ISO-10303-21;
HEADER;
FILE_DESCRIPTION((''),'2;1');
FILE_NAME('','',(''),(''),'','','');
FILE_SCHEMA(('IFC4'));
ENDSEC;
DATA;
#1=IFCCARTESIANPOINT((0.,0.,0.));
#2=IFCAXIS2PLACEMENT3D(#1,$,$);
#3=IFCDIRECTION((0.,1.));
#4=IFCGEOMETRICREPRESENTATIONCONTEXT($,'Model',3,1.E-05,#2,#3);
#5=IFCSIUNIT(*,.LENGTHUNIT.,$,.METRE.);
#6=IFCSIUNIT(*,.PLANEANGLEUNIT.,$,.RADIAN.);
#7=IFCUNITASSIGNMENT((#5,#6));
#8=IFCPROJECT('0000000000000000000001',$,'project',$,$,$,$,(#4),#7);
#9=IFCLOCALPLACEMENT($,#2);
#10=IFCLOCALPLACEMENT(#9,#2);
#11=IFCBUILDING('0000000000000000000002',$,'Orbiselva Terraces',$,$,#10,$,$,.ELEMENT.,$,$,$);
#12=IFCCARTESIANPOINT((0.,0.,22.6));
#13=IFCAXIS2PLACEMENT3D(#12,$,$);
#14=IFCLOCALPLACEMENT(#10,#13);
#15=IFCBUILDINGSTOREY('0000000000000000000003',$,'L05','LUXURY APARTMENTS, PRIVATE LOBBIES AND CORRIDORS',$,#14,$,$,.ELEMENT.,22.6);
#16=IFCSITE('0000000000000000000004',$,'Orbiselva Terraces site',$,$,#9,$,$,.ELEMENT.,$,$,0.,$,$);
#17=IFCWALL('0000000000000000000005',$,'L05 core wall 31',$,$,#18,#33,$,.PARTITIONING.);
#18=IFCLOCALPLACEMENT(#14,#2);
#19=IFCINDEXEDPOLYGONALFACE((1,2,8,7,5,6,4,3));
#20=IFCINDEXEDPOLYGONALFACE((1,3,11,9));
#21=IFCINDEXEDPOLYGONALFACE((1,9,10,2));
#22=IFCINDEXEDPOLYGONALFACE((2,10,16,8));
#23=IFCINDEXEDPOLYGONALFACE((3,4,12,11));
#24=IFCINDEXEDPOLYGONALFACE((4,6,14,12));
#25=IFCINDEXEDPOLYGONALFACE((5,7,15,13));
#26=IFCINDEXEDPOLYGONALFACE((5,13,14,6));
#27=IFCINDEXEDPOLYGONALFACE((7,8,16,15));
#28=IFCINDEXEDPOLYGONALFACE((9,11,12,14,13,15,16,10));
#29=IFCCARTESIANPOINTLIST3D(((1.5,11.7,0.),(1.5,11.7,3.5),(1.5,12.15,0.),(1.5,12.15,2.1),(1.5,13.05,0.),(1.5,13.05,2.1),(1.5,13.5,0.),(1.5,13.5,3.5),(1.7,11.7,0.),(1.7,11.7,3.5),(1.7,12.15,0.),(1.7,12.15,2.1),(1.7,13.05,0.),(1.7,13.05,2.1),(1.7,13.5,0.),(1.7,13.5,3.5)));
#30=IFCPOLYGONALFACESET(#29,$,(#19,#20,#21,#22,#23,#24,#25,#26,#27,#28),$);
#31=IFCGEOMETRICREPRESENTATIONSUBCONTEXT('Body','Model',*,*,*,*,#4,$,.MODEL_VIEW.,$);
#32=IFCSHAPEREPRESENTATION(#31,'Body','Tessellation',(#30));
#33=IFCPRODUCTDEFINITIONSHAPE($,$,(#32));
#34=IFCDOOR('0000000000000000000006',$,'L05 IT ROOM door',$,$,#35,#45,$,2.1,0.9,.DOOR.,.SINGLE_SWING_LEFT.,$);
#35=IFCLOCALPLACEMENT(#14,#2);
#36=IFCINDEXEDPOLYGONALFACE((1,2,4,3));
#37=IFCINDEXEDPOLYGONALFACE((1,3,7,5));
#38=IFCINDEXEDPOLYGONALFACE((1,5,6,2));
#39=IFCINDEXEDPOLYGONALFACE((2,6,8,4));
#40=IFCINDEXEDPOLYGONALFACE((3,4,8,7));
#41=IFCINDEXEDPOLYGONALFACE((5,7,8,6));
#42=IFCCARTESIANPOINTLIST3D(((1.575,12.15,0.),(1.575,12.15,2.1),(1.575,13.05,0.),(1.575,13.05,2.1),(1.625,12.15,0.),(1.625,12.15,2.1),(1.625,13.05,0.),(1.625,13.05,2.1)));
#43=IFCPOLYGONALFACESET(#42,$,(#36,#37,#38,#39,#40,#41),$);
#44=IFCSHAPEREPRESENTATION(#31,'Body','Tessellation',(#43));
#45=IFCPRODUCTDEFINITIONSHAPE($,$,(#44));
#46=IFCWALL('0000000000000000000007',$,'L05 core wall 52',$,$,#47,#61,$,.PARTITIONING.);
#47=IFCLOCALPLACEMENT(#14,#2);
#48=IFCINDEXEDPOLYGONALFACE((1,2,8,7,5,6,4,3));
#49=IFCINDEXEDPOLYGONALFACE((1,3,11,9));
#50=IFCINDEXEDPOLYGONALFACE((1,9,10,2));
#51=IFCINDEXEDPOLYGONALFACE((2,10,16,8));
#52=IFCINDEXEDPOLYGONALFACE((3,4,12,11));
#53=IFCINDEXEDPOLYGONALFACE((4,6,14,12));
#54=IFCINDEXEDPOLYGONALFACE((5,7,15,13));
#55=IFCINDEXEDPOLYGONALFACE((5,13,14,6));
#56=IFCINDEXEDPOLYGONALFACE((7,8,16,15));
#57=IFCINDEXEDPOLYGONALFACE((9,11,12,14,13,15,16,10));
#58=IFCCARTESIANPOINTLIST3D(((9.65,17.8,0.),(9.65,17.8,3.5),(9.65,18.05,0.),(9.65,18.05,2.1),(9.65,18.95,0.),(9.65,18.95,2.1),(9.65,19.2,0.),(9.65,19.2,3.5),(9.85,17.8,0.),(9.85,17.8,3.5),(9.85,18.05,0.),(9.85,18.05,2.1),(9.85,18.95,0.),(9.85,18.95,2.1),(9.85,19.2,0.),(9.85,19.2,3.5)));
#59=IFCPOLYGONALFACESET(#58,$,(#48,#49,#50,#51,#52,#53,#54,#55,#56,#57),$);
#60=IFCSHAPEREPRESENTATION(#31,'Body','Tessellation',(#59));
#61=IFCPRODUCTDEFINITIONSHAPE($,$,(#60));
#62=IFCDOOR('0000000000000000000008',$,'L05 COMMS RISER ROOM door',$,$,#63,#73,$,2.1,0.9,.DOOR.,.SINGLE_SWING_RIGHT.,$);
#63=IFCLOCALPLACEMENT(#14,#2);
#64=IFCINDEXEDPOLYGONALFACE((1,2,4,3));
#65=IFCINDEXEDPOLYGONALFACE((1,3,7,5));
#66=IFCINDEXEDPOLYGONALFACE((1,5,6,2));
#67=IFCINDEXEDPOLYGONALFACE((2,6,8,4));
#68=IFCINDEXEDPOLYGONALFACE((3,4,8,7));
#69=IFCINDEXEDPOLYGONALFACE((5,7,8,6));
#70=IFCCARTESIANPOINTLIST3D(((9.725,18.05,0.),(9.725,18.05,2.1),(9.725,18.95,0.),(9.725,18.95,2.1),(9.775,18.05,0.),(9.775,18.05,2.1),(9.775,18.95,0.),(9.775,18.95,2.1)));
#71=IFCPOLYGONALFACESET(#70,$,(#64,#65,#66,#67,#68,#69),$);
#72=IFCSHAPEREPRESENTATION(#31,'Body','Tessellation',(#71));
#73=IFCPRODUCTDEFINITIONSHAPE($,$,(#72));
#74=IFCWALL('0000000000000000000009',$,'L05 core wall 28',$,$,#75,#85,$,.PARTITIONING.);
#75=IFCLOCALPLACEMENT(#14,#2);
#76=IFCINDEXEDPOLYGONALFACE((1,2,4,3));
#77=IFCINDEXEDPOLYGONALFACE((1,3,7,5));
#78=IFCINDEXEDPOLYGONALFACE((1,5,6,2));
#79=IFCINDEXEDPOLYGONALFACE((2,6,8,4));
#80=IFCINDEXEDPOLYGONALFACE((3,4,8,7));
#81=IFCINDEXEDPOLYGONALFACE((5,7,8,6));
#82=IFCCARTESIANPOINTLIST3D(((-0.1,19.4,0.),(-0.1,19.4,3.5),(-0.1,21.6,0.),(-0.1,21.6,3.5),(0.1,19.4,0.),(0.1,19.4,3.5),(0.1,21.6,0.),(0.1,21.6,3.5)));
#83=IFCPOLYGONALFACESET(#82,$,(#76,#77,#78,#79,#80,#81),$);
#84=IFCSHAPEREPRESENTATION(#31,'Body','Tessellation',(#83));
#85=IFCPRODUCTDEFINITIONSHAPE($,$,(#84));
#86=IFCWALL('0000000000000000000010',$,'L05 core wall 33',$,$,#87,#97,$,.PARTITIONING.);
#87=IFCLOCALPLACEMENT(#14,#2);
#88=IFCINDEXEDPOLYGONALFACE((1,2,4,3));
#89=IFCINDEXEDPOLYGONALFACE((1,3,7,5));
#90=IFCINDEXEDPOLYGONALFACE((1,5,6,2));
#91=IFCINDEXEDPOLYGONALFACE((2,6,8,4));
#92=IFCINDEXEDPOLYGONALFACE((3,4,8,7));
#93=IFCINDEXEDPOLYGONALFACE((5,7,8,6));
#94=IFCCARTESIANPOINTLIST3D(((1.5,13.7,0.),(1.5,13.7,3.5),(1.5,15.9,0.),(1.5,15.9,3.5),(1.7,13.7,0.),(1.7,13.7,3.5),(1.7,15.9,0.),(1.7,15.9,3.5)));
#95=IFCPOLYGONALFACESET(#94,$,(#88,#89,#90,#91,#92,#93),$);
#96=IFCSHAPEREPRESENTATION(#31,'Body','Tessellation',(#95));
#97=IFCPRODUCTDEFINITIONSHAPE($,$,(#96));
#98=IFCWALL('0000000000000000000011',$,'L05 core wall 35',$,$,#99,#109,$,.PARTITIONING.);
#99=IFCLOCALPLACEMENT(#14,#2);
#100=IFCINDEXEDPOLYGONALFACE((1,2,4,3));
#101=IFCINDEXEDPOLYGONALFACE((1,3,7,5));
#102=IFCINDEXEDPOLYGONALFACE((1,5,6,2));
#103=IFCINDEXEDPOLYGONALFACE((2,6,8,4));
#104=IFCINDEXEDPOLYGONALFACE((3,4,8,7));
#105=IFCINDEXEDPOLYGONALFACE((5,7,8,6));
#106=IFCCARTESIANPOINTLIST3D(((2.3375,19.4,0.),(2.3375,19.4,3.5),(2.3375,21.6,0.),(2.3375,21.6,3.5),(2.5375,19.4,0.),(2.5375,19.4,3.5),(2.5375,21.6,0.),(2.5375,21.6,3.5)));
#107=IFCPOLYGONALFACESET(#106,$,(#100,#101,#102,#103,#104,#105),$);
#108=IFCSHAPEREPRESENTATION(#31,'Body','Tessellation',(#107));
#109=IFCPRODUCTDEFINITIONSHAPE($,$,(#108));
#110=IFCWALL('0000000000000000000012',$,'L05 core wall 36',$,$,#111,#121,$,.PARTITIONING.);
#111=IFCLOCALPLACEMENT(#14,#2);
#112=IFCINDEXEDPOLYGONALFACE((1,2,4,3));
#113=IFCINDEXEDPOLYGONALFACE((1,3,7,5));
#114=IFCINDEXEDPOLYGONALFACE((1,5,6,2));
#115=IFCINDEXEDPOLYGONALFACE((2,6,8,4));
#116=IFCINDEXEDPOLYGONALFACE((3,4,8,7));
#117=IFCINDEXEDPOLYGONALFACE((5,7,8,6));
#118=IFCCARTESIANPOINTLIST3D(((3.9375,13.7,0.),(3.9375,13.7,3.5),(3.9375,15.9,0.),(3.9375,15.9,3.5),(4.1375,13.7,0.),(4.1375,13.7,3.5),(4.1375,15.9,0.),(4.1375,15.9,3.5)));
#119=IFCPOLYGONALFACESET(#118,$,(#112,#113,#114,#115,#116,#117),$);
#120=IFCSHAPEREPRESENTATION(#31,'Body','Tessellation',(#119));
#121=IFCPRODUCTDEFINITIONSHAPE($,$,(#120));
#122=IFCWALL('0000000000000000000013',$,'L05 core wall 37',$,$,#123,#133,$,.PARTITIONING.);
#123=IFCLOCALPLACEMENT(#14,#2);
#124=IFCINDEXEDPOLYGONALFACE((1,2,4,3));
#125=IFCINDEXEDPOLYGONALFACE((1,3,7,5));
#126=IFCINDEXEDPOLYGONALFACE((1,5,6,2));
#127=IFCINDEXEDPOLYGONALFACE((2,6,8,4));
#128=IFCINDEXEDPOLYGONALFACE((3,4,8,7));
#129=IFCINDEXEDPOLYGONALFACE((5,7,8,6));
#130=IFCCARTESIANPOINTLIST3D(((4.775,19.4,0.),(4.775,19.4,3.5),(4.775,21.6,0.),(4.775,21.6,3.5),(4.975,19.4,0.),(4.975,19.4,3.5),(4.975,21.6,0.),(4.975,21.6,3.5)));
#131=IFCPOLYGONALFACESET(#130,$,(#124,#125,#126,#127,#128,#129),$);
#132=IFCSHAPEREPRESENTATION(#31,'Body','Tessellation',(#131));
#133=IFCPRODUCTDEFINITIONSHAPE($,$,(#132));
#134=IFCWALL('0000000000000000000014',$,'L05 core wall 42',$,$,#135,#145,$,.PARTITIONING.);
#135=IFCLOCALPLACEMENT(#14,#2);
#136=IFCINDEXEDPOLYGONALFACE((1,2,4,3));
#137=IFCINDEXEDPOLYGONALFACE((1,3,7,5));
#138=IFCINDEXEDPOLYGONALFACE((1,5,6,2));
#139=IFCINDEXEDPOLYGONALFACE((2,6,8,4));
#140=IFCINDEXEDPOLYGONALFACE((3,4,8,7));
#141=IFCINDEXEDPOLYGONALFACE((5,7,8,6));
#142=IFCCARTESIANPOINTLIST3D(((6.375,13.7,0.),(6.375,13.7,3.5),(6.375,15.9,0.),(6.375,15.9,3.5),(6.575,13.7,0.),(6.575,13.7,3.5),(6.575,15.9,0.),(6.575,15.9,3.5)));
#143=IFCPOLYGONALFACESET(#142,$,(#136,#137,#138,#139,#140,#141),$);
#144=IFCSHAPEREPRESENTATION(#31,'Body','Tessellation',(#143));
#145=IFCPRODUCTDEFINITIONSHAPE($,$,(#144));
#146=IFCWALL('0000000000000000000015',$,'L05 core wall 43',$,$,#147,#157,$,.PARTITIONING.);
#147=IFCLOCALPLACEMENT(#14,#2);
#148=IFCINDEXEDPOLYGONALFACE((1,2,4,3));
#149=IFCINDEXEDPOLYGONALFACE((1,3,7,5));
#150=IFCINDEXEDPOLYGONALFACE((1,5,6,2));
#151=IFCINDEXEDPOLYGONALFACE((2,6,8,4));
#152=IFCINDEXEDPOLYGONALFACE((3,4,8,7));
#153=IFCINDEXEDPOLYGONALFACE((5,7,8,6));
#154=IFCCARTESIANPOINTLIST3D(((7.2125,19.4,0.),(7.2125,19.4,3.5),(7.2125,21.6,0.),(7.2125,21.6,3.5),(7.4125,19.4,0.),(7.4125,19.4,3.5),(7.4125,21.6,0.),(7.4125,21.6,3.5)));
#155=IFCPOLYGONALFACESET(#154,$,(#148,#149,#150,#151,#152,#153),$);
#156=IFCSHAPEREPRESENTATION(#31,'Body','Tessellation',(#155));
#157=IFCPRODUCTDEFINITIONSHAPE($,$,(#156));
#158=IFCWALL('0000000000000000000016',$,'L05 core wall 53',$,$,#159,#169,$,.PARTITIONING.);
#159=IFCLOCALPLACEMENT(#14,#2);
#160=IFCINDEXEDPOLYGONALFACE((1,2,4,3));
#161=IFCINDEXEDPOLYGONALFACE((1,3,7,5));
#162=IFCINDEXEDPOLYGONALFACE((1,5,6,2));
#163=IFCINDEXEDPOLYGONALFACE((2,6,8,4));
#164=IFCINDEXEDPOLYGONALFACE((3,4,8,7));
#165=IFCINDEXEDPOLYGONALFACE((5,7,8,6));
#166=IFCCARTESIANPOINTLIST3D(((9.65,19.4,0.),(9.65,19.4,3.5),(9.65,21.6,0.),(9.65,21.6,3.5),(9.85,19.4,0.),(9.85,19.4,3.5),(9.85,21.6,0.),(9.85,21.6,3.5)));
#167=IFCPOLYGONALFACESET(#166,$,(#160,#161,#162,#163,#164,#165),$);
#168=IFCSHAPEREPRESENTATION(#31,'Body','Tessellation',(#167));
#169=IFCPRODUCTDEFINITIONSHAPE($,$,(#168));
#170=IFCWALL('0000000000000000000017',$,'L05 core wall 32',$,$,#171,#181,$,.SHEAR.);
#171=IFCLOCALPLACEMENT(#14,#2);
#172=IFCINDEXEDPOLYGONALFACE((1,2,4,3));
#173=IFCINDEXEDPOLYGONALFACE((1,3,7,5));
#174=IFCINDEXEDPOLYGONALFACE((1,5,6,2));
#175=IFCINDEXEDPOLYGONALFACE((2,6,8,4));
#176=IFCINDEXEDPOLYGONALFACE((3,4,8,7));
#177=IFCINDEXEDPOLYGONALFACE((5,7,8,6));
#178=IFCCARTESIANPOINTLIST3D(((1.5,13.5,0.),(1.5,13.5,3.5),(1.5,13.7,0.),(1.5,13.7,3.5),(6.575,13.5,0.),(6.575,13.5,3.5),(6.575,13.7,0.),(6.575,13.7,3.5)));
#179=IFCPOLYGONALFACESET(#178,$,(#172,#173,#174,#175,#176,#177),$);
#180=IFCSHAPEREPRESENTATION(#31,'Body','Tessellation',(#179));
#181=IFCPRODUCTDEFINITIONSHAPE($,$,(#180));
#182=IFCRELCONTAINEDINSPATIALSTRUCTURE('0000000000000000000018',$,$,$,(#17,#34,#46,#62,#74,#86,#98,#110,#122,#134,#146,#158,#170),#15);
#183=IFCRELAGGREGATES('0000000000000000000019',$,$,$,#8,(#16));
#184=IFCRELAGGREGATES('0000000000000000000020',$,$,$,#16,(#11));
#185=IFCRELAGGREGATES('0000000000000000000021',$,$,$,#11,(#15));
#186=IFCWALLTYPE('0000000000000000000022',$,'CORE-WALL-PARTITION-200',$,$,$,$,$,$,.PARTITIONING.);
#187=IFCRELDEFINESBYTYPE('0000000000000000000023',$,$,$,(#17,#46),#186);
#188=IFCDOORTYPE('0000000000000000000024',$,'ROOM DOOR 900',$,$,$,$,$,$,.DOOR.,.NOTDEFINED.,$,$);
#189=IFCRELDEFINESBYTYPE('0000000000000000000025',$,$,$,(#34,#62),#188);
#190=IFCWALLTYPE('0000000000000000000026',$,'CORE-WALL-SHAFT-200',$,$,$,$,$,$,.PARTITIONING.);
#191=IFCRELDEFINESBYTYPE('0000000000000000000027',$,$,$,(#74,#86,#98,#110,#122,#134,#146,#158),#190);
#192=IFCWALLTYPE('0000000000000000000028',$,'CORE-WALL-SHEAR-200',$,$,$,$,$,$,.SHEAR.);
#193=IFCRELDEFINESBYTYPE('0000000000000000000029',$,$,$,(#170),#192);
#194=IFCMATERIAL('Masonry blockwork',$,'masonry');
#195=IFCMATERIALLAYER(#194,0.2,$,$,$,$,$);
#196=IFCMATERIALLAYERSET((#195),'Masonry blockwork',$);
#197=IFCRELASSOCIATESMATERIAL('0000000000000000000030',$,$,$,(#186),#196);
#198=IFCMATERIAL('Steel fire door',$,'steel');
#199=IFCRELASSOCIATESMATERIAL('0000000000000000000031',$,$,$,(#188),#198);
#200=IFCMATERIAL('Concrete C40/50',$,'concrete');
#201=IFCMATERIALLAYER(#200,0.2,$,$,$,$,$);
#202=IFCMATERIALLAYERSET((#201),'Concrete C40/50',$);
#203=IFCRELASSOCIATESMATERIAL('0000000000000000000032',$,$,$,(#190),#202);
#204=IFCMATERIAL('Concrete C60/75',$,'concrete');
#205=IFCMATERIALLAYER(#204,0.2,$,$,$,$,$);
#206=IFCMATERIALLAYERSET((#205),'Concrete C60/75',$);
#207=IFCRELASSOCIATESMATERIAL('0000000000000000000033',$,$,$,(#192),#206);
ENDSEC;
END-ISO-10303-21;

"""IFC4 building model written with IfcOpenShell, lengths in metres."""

from ifc_helpers import new_model, si_unit, direction, frame, frame_2d, origin, place, context, subcontext, project, spatial, rectangle, extrude, material, layer, layer_set, type_object, element, fill, save


model = new_model("IFC4")

# Units and contexts
model_context = context("Model", 3, precision=1e-05, world=origin(), true_north=direction((0.0, 1.0)))
body_context = subcontext(model_context, "Body", "Model", "MODEL_VIEW")
ifc_project = project(units=[si_unit("LENGTHUNIT", "METRE"), si_unit("PLANEANGLEUNIT", "RADIAN")], contexts=[model_context])

# Site, building, storey
site_placement = place(None, origin())
site = spatial("IfcSite", under=ifc_project, at=site_placement, Name="Orbiselva Terraces site", CompositionType="ELEMENT", RefElevation=0.0)
building_placement = place(site_placement, origin())
building = spatial("IfcBuilding", under=site, at=building_placement, Name="Orbiselva Terraces", CompositionType="ELEMENT")
storey_placement = place(building_placement, frame((0.0, 0.0, 22.6)))
storey = spatial("IfcBuildingStorey", under=building, at=storey_placement, Name="L05", Description="LUXURY APARTMENTS, PRIVATE LOBBIES AND CORRIDORS", CompositionType="ELEMENT", Elevation=22.6)

# Walls, openings, doors
ifc_material_1 = material(Name="Masonry blockwork", Category="masonry")
ifc_layer_1 = layer(ifc_material_1, 0.2)
ifc_layer_set_1 = layer_set([ifc_layer_1], Name="Masonry blockwork")
wall_type_1 = type_object("IfcWallType", Name="CORE-WALL-PARTITION-200", PredefinedType="PARTITIONING", material=ifc_layer_set_1)
wall_1_placement = place(storey_placement, frame((1.6, 13.5, 0.0), z_axis=(0.0, 0.0, 1.0), x_axis=(0.0, -1.0, 0.0)))
wall_1 = element("IfcWall", 1, at=wall_1_placement, inside=storey, type_object=wall_type_1, Name="L05 core wall 31", PredefinedType="PARTITIONING", context=body_context, shape_type="SweptSolid", body=[
    extrude(rectangle(XDim=1.8, YDim=0.2, at=frame_2d((0.9, 0.0))), origin(), (0.0, 0.0, 1.0), 3.5),
])
opening_1_placement = place(wall_1_placement, frame((0.45, 0.0, 0.0)))
opening_1 = element("IfcOpeningElement", 2, at=opening_1_placement, cuts=wall_1, PredefinedType="OPENING", context=body_context, shape_type="SweptSolid", body=[
    extrude(rectangle(XDim=0.9, YDim=2.1, at=frame_2d((0.45, 1.05))), frame((0.0, 0.11, 0.0), z_axis=(0.0, -1.0, 0.0), x_axis=(1.0, 0.0, 0.0)), (0.0, 0.0, 1.0), 0.22),
])
ifc_material_2 = material(Name="Steel fire door", Category="steel")
door_type = type_object("IfcDoorType", Name="ROOM DOOR 900", OperationType="NOTDEFINED", PredefinedType="DOOR", material=ifc_material_2)
door_1_placement = place(opening_1_placement, origin())
door_1 = element("IfcDoor", 3, at=door_1_placement, inside=storey, type_object=door_type, Name="L05 IT ROOM door", OperationType="SINGLE_SWING_LEFT", OverallHeight=2.1, OverallWidth=0.9, PredefinedType="DOOR", context=body_context, shape_type="SweptSolid", body=[
    extrude(rectangle(XDim=0.9, YDim=2.1, at=frame_2d((0.45, 1.05))), frame((0.0, 0.025, 0.0), z_axis=(0.0, -1.0, 0.0), x_axis=(1.0, 0.0, 0.0)), (0.0, 0.0, 1.0), 0.05),
])
fill(opening_1, door_1)
wall_2_placement = place(storey_placement, frame((9.75, 19.2, 0.0), z_axis=(0.0, 0.0, 1.0), x_axis=(0.0, -1.0, 0.0)))
wall_2 = element("IfcWall", 4, at=wall_2_placement, inside=storey, type_object=wall_type_1, Name="L05 core wall 52", PredefinedType="PARTITIONING", context=body_context, shape_type="SweptSolid", body=[
    extrude(rectangle(XDim=1.4, YDim=0.2, at=frame_2d((0.7, 0.0))), origin(), (0.0, 0.0, 1.0), 3.5),
])
opening_2_placement = place(wall_2_placement, frame((0.25, 0.0, 0.0)))
opening_2 = element("IfcOpeningElement", 5, at=opening_2_placement, cuts=wall_2, PredefinedType="OPENING", context=body_context, shape_type="SweptSolid", body=[
    extrude(rectangle(XDim=0.9, YDim=2.1, at=frame_2d((0.45, 1.05))), frame((0.0, 0.11, 0.0), z_axis=(0.0, -1.0, 0.0), x_axis=(1.0, 0.0, 0.0)), (0.0, 0.0, 1.0), 0.22),
])
door_2_placement = place(opening_2_placement, origin())
door_2 = element("IfcDoor", 6, at=door_2_placement, inside=storey, type_object=door_type, Name="L05 COMMS RISER ROOM door", OperationType="SINGLE_SWING_RIGHT", OverallHeight=2.1, OverallWidth=0.9, PredefinedType="DOOR", context=body_context, shape_type="SweptSolid", body=[
    extrude(rectangle(XDim=0.9, YDim=2.1, at=frame_2d((0.45, 1.05))), frame((0.0, 0.025, 0.0), z_axis=(0.0, -1.0, 0.0), x_axis=(1.0, 0.0, 0.0)), (0.0, 0.0, 1.0), 0.05),
])
fill(opening_2, door_2)

# Walls
ifc_material_3 = material(Name="Concrete C40/50", Category="concrete")
ifc_layer_2 = layer(ifc_material_3, 0.2)
ifc_layer_set_2 = layer_set([ifc_layer_2], Name="Concrete C40/50")
wall_type_2 = type_object("IfcWallType", Name="CORE-WALL-SHAFT-200", PredefinedType="PARTITIONING", material=ifc_layer_set_2)
for number, where, z_axis, x_axis, name in (
    (7, (0.0, 19.4, 0.0), (0.0, 0.0, 1.0), (0.0, 1.0, 0.0), "L05 core wall 28"),
    (8, (1.6, 13.7, 0.0), (0.0, 0.0, 1.0), (0.0, 1.0, 0.0), "L05 core wall 33"),
    (9, (2.4375, 19.4, 0.0), (0.0, 0.0, 1.0), (0.0, 1.0, 0.0), "L05 core wall 35"),
    (10, (4.0375, 13.7, 0.0), (0.0, 0.0, 1.0), (0.0, 1.0, 0.0), "L05 core wall 36"),
    (11, (4.875, 19.4, 0.0), (0.0, 0.0, 1.0), (0.0, 1.0, 0.0), "L05 core wall 37"),
    (12, (6.475, 13.7, 0.0), (0.0, 0.0, 1.0), (0.0, 1.0, 0.0), "L05 core wall 42"),
    (13, (7.3125, 19.4, 0.0), (0.0, 0.0, 1.0), (0.0, 1.0, 0.0), "L05 core wall 43"),
    (14, (9.75, 19.4, 0.0), (0.0, 0.0, 1.0), (0.0, 1.0, 0.0), "L05 core wall 53"),
):
    element("IfcWall", number, at=place(storey_placement, frame(where, z_axis=z_axis, x_axis=x_axis)), inside=storey, type_object=wall_type_2, Name=name, PredefinedType="PARTITIONING", context=body_context, shape_type="SweptSolid", body=[
        extrude(rectangle(XDim=2.2, YDim=0.2, at=frame_2d((1.1, 0.0))), origin(), (0.0, 0.0, 1.0), 3.5),
    ])
ifc_material_4 = material(Name="Concrete C60/75", Category="concrete")
ifc_layer_3 = layer(ifc_material_4, 0.2)
ifc_layer_set_3 = layer_set([ifc_layer_3], Name="Concrete C60/75")
wall_type_3 = type_object("IfcWallType", Name="CORE-WALL-SHEAR-200", PredefinedType="SHEAR", material=ifc_layer_set_3)
wall_3_placement = place(storey_placement, frame((1.5, 13.6, 0.0), z_axis=(0.0, 0.0, 1.0), x_axis=(1.0, 0.0, 0.0)))
element("IfcWall", 15, at=wall_3_placement, inside=storey, type_object=wall_type_3, Name="L05 core wall 32", PredefinedType="SHEAR", context=body_context, shape_type="SweptSolid", body=[
    extrude(rectangle(XDim=5.075, YDim=0.2, at=frame_2d((2.5375, 0.0))), origin(), (0.0, 0.0, 1.0), 3.5),
])

save(model, "model.ifc")
